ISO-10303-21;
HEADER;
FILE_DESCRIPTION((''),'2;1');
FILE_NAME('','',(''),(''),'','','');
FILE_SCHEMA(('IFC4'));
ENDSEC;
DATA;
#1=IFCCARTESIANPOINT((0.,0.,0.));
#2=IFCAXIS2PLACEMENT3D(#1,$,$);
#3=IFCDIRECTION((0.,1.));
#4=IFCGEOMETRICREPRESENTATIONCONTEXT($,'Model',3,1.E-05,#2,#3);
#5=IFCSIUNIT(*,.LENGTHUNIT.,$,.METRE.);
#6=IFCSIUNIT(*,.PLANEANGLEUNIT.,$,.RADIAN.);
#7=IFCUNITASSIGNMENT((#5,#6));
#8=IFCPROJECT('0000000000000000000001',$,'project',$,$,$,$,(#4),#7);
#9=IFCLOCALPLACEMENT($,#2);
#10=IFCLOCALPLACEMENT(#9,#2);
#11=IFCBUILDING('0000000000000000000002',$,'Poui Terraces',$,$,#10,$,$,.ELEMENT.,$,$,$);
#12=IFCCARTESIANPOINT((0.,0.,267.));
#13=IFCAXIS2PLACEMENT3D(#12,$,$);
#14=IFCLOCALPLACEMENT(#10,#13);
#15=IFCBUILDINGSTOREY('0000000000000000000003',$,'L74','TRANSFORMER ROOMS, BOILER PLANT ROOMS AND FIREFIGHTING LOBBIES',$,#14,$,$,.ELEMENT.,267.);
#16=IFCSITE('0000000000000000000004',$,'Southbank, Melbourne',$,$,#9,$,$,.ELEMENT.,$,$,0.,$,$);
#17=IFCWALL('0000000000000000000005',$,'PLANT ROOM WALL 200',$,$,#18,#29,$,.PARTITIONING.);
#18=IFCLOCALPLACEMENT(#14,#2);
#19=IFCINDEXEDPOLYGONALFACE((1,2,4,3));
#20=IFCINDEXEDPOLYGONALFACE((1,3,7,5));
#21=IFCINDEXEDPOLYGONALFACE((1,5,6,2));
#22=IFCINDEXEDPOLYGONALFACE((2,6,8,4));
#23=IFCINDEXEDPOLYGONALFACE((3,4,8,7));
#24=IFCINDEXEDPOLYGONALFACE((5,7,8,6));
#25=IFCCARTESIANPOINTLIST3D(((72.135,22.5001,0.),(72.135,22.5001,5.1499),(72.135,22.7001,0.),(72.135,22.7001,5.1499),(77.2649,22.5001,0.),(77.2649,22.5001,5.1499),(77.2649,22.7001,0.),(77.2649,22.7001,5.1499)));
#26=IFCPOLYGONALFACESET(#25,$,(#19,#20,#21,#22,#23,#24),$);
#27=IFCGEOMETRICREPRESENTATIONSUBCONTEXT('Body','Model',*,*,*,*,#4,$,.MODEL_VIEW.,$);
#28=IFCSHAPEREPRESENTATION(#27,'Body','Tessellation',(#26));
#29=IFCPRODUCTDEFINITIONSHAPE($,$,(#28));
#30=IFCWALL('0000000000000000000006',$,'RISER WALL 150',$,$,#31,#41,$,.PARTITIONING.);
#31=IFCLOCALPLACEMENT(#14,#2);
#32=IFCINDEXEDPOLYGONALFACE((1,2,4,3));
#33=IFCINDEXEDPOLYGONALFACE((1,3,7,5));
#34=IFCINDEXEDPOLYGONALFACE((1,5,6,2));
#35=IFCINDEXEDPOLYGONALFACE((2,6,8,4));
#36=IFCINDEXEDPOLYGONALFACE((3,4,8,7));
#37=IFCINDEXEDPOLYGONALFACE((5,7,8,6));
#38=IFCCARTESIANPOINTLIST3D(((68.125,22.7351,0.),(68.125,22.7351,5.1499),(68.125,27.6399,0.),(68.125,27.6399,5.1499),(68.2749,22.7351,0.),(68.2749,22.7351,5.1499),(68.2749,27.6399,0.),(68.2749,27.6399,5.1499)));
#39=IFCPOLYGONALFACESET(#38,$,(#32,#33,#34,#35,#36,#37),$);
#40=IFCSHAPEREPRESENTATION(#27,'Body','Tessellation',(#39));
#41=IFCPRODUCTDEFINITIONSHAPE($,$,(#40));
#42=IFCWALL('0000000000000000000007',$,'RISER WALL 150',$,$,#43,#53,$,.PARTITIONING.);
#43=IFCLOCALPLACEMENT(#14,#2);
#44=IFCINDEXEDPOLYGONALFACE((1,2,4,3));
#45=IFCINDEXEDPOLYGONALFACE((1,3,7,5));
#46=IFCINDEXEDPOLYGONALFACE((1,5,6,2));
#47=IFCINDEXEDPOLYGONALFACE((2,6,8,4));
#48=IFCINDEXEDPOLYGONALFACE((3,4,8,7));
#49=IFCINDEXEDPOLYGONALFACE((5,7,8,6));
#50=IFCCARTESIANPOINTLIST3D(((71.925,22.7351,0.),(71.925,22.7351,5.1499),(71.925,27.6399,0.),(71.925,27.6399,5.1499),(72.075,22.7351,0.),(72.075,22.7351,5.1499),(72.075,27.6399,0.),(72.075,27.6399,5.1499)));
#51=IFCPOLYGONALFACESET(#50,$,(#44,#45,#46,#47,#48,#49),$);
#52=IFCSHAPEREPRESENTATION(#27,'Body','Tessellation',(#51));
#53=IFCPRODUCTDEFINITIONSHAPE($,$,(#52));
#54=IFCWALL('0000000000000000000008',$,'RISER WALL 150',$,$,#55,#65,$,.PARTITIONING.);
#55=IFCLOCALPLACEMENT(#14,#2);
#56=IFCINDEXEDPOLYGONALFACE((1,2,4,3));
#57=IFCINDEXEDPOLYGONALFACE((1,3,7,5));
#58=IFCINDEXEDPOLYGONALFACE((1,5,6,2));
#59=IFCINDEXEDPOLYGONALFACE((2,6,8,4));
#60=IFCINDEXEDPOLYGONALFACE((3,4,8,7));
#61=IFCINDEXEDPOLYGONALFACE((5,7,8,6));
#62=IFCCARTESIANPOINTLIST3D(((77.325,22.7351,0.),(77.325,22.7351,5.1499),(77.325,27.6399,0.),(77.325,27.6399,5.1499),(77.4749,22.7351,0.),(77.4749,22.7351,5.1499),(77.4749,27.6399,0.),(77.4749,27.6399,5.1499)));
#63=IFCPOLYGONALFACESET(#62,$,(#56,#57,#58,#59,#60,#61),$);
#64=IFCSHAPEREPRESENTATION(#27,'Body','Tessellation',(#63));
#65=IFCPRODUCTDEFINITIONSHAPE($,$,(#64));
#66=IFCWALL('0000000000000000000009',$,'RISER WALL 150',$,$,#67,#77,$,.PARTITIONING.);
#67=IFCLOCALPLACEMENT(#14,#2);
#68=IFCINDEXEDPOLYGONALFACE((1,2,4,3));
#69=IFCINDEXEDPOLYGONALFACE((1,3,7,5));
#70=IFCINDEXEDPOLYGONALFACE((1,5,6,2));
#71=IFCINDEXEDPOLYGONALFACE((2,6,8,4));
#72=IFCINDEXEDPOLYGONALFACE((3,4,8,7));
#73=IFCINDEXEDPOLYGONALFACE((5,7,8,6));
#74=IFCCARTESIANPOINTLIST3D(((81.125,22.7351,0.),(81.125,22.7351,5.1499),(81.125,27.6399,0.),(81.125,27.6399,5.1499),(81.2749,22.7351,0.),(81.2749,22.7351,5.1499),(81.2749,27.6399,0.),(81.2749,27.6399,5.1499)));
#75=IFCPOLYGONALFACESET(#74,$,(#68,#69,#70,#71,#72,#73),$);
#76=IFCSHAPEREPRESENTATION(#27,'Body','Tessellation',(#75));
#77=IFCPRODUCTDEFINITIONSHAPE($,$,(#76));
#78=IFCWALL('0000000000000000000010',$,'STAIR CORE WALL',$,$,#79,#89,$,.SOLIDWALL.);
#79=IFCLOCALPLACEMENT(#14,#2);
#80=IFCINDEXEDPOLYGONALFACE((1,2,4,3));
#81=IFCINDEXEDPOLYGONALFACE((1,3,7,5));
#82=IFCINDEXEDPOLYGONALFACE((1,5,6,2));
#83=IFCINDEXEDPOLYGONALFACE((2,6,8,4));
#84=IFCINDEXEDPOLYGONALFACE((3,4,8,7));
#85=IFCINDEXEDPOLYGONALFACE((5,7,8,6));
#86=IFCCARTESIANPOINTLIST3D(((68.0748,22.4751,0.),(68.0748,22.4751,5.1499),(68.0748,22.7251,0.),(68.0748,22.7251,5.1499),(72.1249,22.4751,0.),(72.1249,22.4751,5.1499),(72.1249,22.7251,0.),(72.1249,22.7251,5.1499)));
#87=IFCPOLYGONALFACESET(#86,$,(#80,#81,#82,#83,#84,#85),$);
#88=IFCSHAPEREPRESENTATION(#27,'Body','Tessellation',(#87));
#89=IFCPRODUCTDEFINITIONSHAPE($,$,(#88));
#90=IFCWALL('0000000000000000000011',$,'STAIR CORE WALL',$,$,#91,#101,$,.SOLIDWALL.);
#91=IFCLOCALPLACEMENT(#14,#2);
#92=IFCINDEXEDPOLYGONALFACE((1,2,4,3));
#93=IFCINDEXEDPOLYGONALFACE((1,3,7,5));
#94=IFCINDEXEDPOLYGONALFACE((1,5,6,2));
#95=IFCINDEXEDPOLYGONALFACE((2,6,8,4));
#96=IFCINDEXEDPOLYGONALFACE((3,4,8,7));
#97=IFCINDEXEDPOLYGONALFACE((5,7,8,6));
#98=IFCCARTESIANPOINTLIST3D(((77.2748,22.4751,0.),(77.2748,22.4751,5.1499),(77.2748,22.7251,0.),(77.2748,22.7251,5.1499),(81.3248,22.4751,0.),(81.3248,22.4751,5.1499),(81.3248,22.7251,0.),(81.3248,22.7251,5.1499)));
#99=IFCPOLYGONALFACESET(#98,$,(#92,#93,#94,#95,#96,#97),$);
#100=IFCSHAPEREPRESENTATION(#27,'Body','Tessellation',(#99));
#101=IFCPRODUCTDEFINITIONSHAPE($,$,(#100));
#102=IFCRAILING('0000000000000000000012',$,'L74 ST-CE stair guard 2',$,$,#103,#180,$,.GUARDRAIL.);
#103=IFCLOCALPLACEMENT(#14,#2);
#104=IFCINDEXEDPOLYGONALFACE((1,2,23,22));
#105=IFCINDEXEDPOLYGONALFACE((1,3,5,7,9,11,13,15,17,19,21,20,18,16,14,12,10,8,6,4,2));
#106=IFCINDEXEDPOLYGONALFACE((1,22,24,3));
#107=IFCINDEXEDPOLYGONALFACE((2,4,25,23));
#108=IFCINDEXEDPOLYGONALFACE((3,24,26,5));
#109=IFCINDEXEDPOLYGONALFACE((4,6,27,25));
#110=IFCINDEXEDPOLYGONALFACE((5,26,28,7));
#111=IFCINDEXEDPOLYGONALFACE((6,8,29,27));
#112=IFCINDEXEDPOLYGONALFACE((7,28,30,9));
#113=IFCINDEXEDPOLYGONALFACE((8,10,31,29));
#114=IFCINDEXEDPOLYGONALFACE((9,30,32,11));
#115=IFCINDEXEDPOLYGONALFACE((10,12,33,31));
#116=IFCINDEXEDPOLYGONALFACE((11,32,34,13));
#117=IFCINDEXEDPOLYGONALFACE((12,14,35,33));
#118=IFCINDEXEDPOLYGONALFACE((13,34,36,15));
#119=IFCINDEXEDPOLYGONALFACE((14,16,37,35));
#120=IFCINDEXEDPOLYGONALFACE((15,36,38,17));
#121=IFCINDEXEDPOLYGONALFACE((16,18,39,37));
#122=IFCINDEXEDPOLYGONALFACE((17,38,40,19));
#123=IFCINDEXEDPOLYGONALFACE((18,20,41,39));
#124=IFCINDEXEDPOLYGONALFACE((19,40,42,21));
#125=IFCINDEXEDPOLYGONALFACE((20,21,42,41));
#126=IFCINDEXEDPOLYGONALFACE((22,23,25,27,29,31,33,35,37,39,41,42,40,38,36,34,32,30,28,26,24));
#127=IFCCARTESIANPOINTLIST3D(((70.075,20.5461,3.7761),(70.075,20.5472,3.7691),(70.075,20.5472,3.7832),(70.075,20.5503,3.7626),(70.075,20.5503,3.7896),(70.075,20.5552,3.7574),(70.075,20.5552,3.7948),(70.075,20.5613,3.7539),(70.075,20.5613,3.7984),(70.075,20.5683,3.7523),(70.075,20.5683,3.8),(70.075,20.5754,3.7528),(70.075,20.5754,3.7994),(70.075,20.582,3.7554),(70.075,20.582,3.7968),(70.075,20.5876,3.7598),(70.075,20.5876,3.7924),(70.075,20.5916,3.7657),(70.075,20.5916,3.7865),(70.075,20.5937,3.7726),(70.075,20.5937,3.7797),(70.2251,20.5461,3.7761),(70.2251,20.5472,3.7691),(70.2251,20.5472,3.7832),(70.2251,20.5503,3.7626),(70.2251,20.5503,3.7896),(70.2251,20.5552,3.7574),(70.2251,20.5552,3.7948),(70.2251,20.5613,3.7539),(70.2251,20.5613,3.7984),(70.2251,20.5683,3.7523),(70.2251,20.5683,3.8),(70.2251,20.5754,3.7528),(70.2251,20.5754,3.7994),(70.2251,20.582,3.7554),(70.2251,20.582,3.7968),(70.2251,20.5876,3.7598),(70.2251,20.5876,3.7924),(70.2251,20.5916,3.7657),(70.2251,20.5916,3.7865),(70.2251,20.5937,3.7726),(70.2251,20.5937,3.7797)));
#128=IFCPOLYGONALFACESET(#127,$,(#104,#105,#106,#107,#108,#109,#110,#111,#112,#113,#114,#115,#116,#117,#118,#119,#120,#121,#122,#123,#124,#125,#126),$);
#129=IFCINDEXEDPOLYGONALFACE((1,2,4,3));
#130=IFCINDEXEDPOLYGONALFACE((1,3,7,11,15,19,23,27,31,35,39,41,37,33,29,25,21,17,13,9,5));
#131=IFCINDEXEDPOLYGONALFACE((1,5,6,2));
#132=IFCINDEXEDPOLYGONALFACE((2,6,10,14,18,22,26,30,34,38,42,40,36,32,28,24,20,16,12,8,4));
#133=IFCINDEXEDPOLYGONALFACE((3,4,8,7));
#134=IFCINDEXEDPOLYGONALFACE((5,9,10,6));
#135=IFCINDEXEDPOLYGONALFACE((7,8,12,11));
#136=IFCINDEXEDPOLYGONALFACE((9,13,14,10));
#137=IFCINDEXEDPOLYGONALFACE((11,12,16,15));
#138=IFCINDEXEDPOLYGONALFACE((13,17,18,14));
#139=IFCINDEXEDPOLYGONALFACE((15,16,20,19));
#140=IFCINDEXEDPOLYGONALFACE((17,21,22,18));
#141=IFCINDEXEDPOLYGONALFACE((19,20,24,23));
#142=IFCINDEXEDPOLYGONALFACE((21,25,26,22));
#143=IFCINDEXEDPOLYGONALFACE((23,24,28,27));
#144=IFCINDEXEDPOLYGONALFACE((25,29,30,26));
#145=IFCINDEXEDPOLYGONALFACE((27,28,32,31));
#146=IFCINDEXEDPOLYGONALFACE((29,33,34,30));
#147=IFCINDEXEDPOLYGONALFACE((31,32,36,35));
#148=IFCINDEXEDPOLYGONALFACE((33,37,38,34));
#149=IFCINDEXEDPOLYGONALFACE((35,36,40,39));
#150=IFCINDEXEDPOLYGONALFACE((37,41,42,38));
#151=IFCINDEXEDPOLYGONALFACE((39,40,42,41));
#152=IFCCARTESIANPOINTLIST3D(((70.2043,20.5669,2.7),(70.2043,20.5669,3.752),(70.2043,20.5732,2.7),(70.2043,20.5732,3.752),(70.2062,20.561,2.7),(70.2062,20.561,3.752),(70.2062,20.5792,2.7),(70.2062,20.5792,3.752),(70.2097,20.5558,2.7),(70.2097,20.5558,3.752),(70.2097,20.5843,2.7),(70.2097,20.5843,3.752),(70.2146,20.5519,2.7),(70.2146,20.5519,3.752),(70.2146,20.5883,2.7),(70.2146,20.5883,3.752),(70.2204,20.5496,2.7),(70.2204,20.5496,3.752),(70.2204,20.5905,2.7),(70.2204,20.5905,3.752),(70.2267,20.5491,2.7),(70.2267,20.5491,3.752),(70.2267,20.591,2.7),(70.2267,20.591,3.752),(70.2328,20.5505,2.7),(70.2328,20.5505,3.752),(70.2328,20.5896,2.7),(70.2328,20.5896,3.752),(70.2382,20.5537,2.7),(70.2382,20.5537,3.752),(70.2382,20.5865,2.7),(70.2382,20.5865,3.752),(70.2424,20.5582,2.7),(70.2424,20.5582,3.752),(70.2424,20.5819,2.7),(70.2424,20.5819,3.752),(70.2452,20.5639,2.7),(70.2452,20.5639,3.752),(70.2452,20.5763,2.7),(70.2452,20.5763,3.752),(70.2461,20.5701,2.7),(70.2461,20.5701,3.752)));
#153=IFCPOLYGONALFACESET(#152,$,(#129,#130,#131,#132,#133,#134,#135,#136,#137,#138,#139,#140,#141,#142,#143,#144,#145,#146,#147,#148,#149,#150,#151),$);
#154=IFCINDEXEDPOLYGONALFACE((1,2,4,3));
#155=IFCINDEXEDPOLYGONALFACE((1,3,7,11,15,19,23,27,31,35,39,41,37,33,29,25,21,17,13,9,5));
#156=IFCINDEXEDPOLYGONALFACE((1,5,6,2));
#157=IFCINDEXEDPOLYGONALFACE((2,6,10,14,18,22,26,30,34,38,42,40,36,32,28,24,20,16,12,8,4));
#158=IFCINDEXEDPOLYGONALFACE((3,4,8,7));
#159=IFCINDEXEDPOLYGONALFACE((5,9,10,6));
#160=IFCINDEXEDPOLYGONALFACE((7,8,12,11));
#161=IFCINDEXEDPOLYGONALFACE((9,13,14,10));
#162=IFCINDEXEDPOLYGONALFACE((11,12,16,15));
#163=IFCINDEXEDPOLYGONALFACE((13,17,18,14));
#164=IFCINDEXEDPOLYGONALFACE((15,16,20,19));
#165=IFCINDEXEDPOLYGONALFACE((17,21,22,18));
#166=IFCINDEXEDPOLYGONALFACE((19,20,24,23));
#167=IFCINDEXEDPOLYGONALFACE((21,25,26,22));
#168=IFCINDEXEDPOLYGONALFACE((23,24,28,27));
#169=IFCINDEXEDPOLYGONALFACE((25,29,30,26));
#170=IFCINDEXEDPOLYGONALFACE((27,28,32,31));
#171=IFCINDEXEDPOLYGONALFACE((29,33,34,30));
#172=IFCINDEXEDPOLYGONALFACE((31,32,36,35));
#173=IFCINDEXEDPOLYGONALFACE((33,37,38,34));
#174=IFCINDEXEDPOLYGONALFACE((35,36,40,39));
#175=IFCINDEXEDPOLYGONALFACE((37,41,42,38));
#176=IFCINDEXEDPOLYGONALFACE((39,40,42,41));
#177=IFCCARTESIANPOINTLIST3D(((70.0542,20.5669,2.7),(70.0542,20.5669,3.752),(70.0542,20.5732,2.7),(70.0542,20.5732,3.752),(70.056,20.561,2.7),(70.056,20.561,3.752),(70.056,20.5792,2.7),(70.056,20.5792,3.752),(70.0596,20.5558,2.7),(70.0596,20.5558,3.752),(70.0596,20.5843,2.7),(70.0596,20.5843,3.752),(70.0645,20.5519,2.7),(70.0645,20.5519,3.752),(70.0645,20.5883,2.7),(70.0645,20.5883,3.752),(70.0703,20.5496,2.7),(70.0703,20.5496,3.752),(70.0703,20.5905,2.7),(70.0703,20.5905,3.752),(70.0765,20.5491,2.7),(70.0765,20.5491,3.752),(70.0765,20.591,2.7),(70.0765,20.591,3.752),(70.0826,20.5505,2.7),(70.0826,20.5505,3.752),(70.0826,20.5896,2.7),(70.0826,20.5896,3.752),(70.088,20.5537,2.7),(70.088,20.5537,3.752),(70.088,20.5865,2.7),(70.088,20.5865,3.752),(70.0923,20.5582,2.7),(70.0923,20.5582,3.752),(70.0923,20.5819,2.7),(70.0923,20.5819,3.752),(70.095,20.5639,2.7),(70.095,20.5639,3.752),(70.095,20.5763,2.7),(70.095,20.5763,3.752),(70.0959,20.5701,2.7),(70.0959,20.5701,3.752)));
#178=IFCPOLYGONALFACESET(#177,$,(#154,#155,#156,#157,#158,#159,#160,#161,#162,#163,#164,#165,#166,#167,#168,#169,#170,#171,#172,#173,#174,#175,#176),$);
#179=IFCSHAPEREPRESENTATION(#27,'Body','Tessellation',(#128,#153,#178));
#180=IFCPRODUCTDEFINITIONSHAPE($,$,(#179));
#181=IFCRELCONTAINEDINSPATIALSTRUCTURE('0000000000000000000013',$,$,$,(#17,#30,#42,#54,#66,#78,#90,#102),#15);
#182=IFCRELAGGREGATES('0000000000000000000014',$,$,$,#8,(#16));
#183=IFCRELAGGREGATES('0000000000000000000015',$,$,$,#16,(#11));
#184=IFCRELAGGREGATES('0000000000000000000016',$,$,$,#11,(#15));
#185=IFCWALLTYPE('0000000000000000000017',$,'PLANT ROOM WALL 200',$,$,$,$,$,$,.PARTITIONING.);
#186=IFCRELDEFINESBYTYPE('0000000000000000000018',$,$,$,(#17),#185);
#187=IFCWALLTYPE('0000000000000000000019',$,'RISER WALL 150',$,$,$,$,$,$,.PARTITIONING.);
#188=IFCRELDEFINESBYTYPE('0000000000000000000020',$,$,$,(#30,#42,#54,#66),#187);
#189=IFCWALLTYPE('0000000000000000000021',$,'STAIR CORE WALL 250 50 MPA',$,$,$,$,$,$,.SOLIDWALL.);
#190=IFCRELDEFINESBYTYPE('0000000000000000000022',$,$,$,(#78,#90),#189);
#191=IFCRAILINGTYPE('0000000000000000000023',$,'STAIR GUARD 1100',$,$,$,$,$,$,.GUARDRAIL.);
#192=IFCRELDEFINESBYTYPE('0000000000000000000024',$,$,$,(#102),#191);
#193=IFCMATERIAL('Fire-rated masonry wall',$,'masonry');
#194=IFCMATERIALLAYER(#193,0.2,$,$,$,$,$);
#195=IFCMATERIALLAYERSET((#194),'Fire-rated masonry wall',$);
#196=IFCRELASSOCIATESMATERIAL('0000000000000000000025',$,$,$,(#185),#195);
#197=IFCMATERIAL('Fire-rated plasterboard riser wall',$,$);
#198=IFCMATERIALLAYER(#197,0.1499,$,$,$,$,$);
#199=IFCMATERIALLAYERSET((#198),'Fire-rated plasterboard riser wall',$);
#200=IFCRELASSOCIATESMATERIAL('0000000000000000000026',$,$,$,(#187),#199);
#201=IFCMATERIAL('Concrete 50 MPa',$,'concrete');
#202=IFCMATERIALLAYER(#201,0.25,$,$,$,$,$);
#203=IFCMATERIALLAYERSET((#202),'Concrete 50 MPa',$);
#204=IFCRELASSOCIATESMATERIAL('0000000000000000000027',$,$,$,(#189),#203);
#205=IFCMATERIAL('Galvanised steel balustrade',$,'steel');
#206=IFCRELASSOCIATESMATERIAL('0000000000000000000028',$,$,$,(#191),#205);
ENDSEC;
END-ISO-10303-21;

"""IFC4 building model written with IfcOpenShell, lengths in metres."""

from ifc_helpers import new_model, si_unit, direction, frame, frame_2d, origin, origin_2d, place, context, subcontext, project, spatial, rectangle, circle, extrude, material, layer, layer_set, type_object, element, save


model = new_model("IFC4")

# Units and contexts
model_context = context("Model", 3, precision=1e-05, world=origin(), true_north=direction((0.0, 1.0)))
body_context = subcontext(model_context, "Body", "Model", "MODEL_VIEW")
ifc_project = project(units=[si_unit("LENGTHUNIT", "METRE"), si_unit("PLANEANGLEUNIT", "RADIAN")], contexts=[model_context])

# Site, building, storey
site_placement = place(None, origin())
site = spatial("IfcSite", under=ifc_project, at=site_placement, Name="Southbank, Melbourne", CompositionType="ELEMENT", RefElevation=0.0)
building_placement = place(site_placement, origin())
building = spatial("IfcBuilding", under=site, at=building_placement, Name="Poui Terraces", CompositionType="ELEMENT")
storey_placement = place(building_placement, frame((0.0, 0.0, 267.0)))
storey = spatial("IfcBuildingStorey", under=building, at=storey_placement, Name="L74", Description="TRANSFORMER ROOMS, BOILER PLANT ROOMS AND FIREFIGHTING LOBBIES", CompositionType="ELEMENT", Elevation=267.0)

# Walls
ifc_material_1 = material(Name="Fire-rated masonry wall", Category="masonry")
ifc_layer_1 = layer(ifc_material_1, 0.2)
ifc_layer_set_1 = layer_set([ifc_layer_1], Name="Fire-rated masonry wall")
wall_type_1 = type_object("IfcWallType", Name="PLANT ROOM WALL 200", PredefinedType="PARTITIONING", material=ifc_layer_set_1)
wall_placement = place(storey_placement, frame((72.135, 22.6001, 0.0), z_axis=(0.0, 0.0, 1.0), x_axis=(1.0, 0.0, 0.0)))
element("IfcWall", 1, at=wall_placement, inside=storey, type_object=wall_type_1, Name="PLANT ROOM WALL 200", PredefinedType="PARTITIONING", context=body_context, shape_type="SweptSolid", body=[
    extrude(rectangle(XDim=5.1299, YDim=0.2, at=frame_2d((2.5649, 0.0))), origin(), (0.0, 0.0, 1.0), 5.1499),
])
ifc_material_2 = material(Name="Fire-rated plasterboard riser wall")
ifc_layer_2 = layer(ifc_material_2, 0.1499)
ifc_layer_set_2 = layer_set([ifc_layer_2], Name="Fire-rated plasterboard riser wall")
wall_type_2 = type_object("IfcWallType", Name="RISER WALL 150", PredefinedType="PARTITIONING", material=ifc_layer_set_2)
for number, where, z_axis, x_axis, name in (
    (2, (68.2, 22.7351, 0.0), (0.0, 0.0, 1.0), (0.0, 1.0, 0.0), "RISER WALL 150"),
    (3, (72.0, 22.7351, 0.0), (0.0, 0.0, 1.0), (0.0, 1.0, 0.0), "RISER WALL 150"),
    (4, (77.3999, 22.7351, 0.0), (0.0, 0.0, 1.0), (0.0, 1.0, 0.0), "RISER WALL 150"),
    (5, (81.2, 22.7351, 0.0), (0.0, 0.0, 1.0), (0.0, 1.0, 0.0), "RISER WALL 150"),
):
    element("IfcWall", number, at=place(storey_placement, frame(where, z_axis=z_axis, x_axis=x_axis)), inside=storey, type_object=wall_type_2, Name=name, PredefinedType="PARTITIONING", context=body_context, shape_type="SweptSolid", body=[
        extrude(rectangle(XDim=4.9048, YDim=0.1499, at=frame_2d((2.4524, 0.0))), origin(), (0.0, 0.0, 1.0), 5.1499),
    ])
ifc_material_3 = material(Name="Concrete 50 MPa", Category="concrete")
ifc_layer_3 = layer(ifc_material_3, 0.25)
ifc_layer_set_3 = layer_set([ifc_layer_3], Name="Concrete 50 MPa")
wall_type_3 = type_object("IfcWallType", Name="STAIR CORE WALL 250 50 MPA", PredefinedType="SOLIDWALL", material=ifc_layer_set_3)
for number, where, z_axis, x_axis, name in (
    (6, (68.075, 22.6001, 0.0), (0.0, 0.0, 1.0), (1.0, 0.0, 0.0), "STAIR CORE WALL"),
    (7, (77.2749, 22.6001, 0.0), (0.0, 0.0, 1.0), (1.0, 0.0, 0.0), "STAIR CORE WALL"),
):
    element("IfcWall", number, at=place(storey_placement, frame(where, z_axis=z_axis, x_axis=x_axis)), inside=storey, type_object=wall_type_3, Name=name, PredefinedType="SOLIDWALL", context=body_context, shape_type="SweptSolid", body=[
        extrude(rectangle(XDim=4.05, YDim=0.25, at=frame_2d((2.0249, 0.0))), origin(), (0.0, 0.0, 1.0), 5.1499),
    ])

# Railing
ifc_material_4 = material(Name="Galvanised steel balustrade", Category="steel")
railing_type = type_object("IfcRailingType", Name="STAIR GUARD 1100", PredefinedType="GUARDRAIL", material=ifc_material_4)
for number, where, name in (
    (8, (70.2251, 20.5701, 2.7), "L74 ST-CE stair guard 2"),
):
    element("IfcRailing", number, at=place(storey_placement, frame(where)), inside=storey, type_object=railing_type, Name=name, PredefinedType="GUARDRAIL", context=body_context, shape_type="SweptSolid", body=[
        extrude(circle(Radius=0.0239, at=origin_2d()), frame((0.0, 0.0, 1.0762), z_axis=(-1.0, 0.0, 0.0), x_axis=(0.0, -1.0, 0.0)), (0.0, 0.0, 1.0), 0.1501),
        extrude(circle(Radius=0.021, at=origin_2d()), origin(), (0.0, 0.0, 1.0), 1.052),
        extrude(circle(Radius=0.021, at=origin_2d()), frame((-0.1501, 0.0, 0.0)), (0.0, 0.0, 1.0), 1.052),
    ])

save(model, "model.ifc")
